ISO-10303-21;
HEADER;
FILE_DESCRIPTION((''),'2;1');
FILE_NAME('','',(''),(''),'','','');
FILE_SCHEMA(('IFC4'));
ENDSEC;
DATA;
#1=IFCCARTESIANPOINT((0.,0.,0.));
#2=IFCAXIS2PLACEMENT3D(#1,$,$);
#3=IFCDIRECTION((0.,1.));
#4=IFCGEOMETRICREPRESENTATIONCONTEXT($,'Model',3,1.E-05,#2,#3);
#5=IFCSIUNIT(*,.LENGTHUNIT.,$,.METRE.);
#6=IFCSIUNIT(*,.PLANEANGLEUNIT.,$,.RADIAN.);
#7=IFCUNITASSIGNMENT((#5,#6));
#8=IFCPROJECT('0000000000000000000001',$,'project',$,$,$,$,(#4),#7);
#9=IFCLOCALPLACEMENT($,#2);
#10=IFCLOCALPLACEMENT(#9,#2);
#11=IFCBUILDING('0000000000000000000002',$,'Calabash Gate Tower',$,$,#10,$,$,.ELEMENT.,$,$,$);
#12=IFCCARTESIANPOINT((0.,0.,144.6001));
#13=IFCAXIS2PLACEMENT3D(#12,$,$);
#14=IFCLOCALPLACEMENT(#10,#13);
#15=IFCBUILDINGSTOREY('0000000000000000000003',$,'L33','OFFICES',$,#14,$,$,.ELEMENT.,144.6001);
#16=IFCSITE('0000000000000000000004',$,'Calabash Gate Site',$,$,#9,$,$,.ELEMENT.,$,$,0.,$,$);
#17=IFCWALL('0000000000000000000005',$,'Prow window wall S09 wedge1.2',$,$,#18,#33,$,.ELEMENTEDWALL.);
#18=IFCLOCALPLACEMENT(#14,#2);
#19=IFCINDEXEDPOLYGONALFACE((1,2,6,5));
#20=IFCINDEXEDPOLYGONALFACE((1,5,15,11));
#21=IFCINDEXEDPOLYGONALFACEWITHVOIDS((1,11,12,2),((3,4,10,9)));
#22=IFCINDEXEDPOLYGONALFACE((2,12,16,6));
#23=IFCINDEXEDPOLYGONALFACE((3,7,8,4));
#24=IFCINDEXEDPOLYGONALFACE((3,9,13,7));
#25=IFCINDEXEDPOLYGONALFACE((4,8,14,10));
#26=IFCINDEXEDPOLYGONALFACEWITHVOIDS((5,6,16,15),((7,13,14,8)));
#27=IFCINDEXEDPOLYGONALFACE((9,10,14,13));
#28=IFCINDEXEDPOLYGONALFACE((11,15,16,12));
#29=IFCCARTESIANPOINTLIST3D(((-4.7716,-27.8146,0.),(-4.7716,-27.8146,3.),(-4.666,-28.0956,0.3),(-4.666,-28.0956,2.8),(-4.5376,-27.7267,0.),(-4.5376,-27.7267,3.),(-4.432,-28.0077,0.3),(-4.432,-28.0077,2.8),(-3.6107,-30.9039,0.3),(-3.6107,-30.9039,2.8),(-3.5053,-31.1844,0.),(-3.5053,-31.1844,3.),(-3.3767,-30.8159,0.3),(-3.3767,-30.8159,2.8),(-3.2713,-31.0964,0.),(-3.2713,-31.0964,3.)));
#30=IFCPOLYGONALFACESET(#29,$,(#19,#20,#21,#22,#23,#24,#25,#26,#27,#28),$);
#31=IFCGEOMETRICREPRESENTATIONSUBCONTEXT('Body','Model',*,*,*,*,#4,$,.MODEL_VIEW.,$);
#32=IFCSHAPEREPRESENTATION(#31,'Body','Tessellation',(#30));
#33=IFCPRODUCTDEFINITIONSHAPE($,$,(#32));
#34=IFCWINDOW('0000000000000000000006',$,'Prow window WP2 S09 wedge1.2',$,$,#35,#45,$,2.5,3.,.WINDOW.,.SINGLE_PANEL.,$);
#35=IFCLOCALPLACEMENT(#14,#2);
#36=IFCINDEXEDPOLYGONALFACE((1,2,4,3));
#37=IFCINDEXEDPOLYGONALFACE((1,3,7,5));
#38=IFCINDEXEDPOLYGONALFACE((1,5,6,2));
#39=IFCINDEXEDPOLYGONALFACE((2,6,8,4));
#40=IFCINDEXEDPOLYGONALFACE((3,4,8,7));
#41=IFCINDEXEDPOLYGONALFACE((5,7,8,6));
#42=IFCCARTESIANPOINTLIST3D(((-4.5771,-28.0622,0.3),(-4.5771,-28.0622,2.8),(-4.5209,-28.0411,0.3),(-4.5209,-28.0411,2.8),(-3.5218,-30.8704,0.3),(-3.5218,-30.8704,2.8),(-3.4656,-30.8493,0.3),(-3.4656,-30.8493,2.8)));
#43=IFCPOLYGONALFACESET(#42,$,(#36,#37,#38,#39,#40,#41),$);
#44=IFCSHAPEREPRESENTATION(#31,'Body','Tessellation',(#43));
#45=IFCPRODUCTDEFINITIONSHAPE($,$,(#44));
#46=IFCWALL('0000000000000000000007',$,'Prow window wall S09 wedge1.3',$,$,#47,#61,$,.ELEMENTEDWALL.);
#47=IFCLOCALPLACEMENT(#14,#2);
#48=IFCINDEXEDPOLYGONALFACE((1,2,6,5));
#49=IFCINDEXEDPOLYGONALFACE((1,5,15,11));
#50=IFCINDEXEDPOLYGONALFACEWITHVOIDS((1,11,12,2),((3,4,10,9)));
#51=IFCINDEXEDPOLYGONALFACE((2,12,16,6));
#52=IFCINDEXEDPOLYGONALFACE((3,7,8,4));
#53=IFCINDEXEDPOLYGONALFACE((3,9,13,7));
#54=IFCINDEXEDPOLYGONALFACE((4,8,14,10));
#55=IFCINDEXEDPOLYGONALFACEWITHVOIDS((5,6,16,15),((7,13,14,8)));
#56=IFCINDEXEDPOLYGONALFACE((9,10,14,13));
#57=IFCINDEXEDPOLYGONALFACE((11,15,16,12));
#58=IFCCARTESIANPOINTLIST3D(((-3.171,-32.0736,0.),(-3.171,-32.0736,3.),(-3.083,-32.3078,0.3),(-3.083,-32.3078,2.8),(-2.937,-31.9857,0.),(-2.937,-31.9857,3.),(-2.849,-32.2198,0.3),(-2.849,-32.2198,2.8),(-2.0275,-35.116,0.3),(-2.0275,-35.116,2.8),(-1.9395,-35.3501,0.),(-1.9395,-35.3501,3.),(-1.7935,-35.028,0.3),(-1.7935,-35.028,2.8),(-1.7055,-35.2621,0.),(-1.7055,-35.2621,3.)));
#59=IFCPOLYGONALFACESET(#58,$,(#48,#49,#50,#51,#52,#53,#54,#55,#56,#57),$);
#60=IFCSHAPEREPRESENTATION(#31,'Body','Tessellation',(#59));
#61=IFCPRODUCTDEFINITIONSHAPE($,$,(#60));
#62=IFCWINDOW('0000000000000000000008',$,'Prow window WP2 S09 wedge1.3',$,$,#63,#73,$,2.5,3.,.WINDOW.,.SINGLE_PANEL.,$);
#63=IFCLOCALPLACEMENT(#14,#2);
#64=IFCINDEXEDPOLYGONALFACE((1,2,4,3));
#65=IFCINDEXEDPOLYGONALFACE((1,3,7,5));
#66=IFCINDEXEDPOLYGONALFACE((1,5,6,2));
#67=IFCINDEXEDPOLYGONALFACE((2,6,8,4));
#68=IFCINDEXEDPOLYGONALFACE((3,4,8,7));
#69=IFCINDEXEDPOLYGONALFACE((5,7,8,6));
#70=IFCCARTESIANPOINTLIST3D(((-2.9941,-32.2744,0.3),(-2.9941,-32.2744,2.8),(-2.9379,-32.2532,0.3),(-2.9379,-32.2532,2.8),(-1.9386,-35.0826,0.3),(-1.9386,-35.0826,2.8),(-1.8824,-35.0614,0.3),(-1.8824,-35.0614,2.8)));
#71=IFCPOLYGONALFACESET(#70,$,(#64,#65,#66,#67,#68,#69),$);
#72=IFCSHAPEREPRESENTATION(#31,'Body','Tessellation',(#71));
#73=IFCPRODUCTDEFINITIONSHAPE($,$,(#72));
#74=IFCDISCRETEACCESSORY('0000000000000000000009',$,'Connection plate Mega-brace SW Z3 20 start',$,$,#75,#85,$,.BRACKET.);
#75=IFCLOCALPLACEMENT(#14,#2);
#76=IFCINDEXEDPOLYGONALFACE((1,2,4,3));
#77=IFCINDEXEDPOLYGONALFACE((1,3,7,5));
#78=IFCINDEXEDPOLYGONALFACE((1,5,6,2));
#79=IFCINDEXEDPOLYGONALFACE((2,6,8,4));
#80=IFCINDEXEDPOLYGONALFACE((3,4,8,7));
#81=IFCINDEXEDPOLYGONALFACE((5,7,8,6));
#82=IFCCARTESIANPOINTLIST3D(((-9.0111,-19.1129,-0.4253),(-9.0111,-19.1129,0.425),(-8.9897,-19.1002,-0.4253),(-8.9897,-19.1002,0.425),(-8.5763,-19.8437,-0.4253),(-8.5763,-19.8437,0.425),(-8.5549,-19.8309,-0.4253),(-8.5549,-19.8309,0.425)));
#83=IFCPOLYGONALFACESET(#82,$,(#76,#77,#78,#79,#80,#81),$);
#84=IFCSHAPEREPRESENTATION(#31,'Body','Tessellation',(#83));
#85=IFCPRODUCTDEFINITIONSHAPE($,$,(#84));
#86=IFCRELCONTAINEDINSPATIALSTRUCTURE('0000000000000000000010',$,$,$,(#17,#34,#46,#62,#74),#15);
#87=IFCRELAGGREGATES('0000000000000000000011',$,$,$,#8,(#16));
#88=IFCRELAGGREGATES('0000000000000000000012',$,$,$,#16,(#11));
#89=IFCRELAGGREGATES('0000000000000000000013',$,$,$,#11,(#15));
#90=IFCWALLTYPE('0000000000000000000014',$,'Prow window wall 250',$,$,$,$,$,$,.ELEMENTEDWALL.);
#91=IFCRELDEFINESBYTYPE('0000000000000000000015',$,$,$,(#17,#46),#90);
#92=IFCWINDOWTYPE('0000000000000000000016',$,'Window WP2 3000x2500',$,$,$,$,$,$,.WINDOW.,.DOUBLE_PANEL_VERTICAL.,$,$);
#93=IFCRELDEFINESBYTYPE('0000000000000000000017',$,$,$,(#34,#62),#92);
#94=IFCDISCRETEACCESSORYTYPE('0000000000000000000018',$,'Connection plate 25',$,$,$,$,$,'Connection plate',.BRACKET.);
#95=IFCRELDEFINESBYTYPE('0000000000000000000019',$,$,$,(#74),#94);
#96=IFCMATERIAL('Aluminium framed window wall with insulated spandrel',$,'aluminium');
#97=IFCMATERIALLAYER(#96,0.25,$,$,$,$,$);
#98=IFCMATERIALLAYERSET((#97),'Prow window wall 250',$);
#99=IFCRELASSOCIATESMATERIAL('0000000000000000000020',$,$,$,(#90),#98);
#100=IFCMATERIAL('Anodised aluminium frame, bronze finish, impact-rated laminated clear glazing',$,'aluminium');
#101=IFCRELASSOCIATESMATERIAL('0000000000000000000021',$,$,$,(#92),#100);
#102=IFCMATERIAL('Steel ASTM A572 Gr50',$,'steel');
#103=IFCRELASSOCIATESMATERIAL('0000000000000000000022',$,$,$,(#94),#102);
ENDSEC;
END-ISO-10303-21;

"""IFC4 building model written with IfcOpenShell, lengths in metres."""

from ifc_helpers import new_model, si_unit, direction, frame, frame_2d, origin, origin_2d, place, context, subcontext, project, spatial, rectangle, extrude, material, layer, layer_set, type_object, element, fill, save


model = new_model("IFC4")

# Units and contexts
model_context = context("Model", 3, precision=1e-05, world=origin(), true_north=direction((0.0, 1.0)))
body_context = subcontext(model_context, "Body", "Model", "MODEL_VIEW")
ifc_project = project(units=[si_unit("LENGTHUNIT", "METRE"), si_unit("PLANEANGLEUNIT", "RADIAN")], contexts=[model_context])

# Site, building, storey
site_placement = place(None, origin())
site = spatial("IfcSite", under=ifc_project, at=site_placement, Name="Calabash Gate Site", CompositionType="ELEMENT", RefElevation=0.0)
building_placement = place(site_placement, origin())
building = spatial("IfcBuilding", under=site, at=building_placement, Name="Calabash Gate Tower", CompositionType="ELEMENT")
storey_placement = place(building_placement, frame((0.0, 0.0, 144.6001)))
storey = spatial("IfcBuildingStorey", under=building, at=storey_placement, Name="L33", Description="OFFICES", CompositionType="ELEMENT", Elevation=144.6001)

# Walls, openings, windows
ifc_material_1 = material(Name="Aluminium framed window wall with insulated spandrel", Category="aluminium")
ifc_layer_1 = layer(ifc_material_1, 0.25)
ifc_layer_set_1 = layer_set([ifc_layer_1], Name="Prow window wall 250")
wall_type_1 = type_object("IfcWallType", Name="Prow window wall 250", PredefinedType="ELEMENTEDWALL", material=ifc_layer_set_1)
ifc_material_2 = material(Name="Anodised aluminium frame, bronze finish, impact-rated laminated clear glazing", Category="aluminium")
window_type = type_object("IfcWindowType", Name="Window WP2 3000x2500", PartitioningType="DOUBLE_PANEL_VERTICAL", PredefinedType="WINDOW", material=ifc_material_2)
wall_1_placement = place(storey_placement, frame((-4.6545, -27.7708, 0.0), z_axis=(0.0, 0.0, 1.0), x_axis=(0.35177, -0.936086, 0.0)))
wall_1 = element("IfcWall", 1, at=wall_1_placement, inside=storey, type_object=wall_type_1, Name="Prow window wall S09 wedge1.2", PredefinedType="ELEMENTEDWALL", context=body_context, shape_type="SweptSolid", body=[
    extrude(rectangle(XDim=3.5999, YDim=0.25, at=frame_2d((1.7998, 0.0))), origin(), (0.0, 0.0, 1.0), 3.0),
])
opening_1_placement = place(wall_1_placement, frame((0.3, 0.0, 0.3)))
opening_1 = element("IfcOpeningElement", 2, at=opening_1_placement, cuts=wall_1, PredefinedType="OPENING", context=body_context, shape_type="SweptSolid", body=[
    extrude(rectangle(XDim=3.0, YDim=2.5, at=frame_2d((1.5, 1.25))), frame((0.0, 0.135, 0.0), z_axis=(0.0, -1.0, 0.0), x_axis=(1.0, 0.0, 0.0)), (0.0, 0.0, 1.0), 0.27),
])
window_1_placement = place(opening_1_placement, origin())
window_1 = element("IfcWindow", 3, at=window_1_placement, inside=storey, type_object=window_type, Name="Prow window WP2 S09 wedge1.2", OverallHeight=2.5, OverallWidth=3.0, PartitioningType="SINGLE_PANEL", PredefinedType="WINDOW", context=body_context, shape_type="SweptSolid", body=[
    extrude(rectangle(XDim=3.0, YDim=2.5, at=frame_2d((1.5, 1.25))), frame((0.0, 0.03, 0.0), z_axis=(0.0, -1.0, 0.0), x_axis=(1.0, 0.0, 0.0)), (0.0, 0.0, 1.0), 0.0601),
])
fill(opening_1, window_1)
wall_2_placement = place(storey_placement, frame((-3.054, -32.0298, 0.0), z_axis=(0.0, 0.0, 1.0), x_axis=(0.351827, -0.936065, 0.0)))
wall_2 = element("IfcWall", 4, at=wall_2_placement, inside=storey, type_object=wall_type_1, Name="Prow window wall S09 wedge1.3", PredefinedType="ELEMENTEDWALL", context=body_context, shape_type="SweptSolid", body=[
    extrude(rectangle(XDim=3.5002, YDim=0.25, at=frame_2d((1.75, 0.0))), origin(), (0.0, 0.0, 1.0), 3.0),
])
opening_2_placement = place(wall_2_placement, frame((0.25, 0.0, 0.3)))
opening_2 = element("IfcOpeningElement", 5, at=opening_2_placement, cuts=wall_2, PredefinedType="OPENING", context=body_context, shape_type="SweptSolid", body=[
    extrude(rectangle(XDim=3.0, YDim=2.5, at=frame_2d((1.5, 1.25))), frame((0.0, 0.135, 0.0), z_axis=(0.0, -1.0, 0.0), x_axis=(1.0, 0.0, 0.0)), (0.0, 0.0, 1.0), 0.27),
])
window_2_placement = place(opening_2_placement, origin())
window_2 = element("IfcWindow", 6, at=window_2_placement, inside=storey, type_object=window_type, Name="Prow window WP2 S09 wedge1.3", OverallHeight=2.5, OverallWidth=3.0, PartitioningType="SINGLE_PANEL", PredefinedType="WINDOW", context=body_context, shape_type="SweptSolid", body=[
    extrude(rectangle(XDim=3.0, YDim=2.5, at=frame_2d((1.5, 1.25))), frame((0.0, 0.03, 0.0), z_axis=(0.0, -1.0, 0.0), x_axis=(1.0, 0.0, 0.0)), (0.0, 0.0, 1.0), 0.0601),
])
fill(opening_2, window_2)

# Discrete accessory
ifc_material_3 = material(Name="Steel ASTM A572 Gr50", Category="steel")
discrete_accessory_type = type_object("IfcDiscreteAccessoryType", Name="Connection plate 25", ElementType="Connection plate", PredefinedType="BRACKET", material=ifc_material_3)
discrete_accessory_placement = place(storey_placement, frame((-8.783, -19.4719, -0.4253), z_axis=(0.0, 0.0, 1.0), x_axis=(-0.511342, 0.859377, 0.0)))
element("IfcDiscreteAccessory", 7, at=discrete_accessory_placement, inside=storey, type_object=discrete_accessory_type, Name="Connection plate Mega-brace SW Z3 20 start", PredefinedType="BRACKET", context=body_context, shape_type="SweptSolid", body=[
    extrude(rectangle(XDim=0.8503, YDim=0.0249, at=origin_2d()), origin(), (0.0, 0.0, 1.0), 0.8503),
])

save(model, "model.ifc")
